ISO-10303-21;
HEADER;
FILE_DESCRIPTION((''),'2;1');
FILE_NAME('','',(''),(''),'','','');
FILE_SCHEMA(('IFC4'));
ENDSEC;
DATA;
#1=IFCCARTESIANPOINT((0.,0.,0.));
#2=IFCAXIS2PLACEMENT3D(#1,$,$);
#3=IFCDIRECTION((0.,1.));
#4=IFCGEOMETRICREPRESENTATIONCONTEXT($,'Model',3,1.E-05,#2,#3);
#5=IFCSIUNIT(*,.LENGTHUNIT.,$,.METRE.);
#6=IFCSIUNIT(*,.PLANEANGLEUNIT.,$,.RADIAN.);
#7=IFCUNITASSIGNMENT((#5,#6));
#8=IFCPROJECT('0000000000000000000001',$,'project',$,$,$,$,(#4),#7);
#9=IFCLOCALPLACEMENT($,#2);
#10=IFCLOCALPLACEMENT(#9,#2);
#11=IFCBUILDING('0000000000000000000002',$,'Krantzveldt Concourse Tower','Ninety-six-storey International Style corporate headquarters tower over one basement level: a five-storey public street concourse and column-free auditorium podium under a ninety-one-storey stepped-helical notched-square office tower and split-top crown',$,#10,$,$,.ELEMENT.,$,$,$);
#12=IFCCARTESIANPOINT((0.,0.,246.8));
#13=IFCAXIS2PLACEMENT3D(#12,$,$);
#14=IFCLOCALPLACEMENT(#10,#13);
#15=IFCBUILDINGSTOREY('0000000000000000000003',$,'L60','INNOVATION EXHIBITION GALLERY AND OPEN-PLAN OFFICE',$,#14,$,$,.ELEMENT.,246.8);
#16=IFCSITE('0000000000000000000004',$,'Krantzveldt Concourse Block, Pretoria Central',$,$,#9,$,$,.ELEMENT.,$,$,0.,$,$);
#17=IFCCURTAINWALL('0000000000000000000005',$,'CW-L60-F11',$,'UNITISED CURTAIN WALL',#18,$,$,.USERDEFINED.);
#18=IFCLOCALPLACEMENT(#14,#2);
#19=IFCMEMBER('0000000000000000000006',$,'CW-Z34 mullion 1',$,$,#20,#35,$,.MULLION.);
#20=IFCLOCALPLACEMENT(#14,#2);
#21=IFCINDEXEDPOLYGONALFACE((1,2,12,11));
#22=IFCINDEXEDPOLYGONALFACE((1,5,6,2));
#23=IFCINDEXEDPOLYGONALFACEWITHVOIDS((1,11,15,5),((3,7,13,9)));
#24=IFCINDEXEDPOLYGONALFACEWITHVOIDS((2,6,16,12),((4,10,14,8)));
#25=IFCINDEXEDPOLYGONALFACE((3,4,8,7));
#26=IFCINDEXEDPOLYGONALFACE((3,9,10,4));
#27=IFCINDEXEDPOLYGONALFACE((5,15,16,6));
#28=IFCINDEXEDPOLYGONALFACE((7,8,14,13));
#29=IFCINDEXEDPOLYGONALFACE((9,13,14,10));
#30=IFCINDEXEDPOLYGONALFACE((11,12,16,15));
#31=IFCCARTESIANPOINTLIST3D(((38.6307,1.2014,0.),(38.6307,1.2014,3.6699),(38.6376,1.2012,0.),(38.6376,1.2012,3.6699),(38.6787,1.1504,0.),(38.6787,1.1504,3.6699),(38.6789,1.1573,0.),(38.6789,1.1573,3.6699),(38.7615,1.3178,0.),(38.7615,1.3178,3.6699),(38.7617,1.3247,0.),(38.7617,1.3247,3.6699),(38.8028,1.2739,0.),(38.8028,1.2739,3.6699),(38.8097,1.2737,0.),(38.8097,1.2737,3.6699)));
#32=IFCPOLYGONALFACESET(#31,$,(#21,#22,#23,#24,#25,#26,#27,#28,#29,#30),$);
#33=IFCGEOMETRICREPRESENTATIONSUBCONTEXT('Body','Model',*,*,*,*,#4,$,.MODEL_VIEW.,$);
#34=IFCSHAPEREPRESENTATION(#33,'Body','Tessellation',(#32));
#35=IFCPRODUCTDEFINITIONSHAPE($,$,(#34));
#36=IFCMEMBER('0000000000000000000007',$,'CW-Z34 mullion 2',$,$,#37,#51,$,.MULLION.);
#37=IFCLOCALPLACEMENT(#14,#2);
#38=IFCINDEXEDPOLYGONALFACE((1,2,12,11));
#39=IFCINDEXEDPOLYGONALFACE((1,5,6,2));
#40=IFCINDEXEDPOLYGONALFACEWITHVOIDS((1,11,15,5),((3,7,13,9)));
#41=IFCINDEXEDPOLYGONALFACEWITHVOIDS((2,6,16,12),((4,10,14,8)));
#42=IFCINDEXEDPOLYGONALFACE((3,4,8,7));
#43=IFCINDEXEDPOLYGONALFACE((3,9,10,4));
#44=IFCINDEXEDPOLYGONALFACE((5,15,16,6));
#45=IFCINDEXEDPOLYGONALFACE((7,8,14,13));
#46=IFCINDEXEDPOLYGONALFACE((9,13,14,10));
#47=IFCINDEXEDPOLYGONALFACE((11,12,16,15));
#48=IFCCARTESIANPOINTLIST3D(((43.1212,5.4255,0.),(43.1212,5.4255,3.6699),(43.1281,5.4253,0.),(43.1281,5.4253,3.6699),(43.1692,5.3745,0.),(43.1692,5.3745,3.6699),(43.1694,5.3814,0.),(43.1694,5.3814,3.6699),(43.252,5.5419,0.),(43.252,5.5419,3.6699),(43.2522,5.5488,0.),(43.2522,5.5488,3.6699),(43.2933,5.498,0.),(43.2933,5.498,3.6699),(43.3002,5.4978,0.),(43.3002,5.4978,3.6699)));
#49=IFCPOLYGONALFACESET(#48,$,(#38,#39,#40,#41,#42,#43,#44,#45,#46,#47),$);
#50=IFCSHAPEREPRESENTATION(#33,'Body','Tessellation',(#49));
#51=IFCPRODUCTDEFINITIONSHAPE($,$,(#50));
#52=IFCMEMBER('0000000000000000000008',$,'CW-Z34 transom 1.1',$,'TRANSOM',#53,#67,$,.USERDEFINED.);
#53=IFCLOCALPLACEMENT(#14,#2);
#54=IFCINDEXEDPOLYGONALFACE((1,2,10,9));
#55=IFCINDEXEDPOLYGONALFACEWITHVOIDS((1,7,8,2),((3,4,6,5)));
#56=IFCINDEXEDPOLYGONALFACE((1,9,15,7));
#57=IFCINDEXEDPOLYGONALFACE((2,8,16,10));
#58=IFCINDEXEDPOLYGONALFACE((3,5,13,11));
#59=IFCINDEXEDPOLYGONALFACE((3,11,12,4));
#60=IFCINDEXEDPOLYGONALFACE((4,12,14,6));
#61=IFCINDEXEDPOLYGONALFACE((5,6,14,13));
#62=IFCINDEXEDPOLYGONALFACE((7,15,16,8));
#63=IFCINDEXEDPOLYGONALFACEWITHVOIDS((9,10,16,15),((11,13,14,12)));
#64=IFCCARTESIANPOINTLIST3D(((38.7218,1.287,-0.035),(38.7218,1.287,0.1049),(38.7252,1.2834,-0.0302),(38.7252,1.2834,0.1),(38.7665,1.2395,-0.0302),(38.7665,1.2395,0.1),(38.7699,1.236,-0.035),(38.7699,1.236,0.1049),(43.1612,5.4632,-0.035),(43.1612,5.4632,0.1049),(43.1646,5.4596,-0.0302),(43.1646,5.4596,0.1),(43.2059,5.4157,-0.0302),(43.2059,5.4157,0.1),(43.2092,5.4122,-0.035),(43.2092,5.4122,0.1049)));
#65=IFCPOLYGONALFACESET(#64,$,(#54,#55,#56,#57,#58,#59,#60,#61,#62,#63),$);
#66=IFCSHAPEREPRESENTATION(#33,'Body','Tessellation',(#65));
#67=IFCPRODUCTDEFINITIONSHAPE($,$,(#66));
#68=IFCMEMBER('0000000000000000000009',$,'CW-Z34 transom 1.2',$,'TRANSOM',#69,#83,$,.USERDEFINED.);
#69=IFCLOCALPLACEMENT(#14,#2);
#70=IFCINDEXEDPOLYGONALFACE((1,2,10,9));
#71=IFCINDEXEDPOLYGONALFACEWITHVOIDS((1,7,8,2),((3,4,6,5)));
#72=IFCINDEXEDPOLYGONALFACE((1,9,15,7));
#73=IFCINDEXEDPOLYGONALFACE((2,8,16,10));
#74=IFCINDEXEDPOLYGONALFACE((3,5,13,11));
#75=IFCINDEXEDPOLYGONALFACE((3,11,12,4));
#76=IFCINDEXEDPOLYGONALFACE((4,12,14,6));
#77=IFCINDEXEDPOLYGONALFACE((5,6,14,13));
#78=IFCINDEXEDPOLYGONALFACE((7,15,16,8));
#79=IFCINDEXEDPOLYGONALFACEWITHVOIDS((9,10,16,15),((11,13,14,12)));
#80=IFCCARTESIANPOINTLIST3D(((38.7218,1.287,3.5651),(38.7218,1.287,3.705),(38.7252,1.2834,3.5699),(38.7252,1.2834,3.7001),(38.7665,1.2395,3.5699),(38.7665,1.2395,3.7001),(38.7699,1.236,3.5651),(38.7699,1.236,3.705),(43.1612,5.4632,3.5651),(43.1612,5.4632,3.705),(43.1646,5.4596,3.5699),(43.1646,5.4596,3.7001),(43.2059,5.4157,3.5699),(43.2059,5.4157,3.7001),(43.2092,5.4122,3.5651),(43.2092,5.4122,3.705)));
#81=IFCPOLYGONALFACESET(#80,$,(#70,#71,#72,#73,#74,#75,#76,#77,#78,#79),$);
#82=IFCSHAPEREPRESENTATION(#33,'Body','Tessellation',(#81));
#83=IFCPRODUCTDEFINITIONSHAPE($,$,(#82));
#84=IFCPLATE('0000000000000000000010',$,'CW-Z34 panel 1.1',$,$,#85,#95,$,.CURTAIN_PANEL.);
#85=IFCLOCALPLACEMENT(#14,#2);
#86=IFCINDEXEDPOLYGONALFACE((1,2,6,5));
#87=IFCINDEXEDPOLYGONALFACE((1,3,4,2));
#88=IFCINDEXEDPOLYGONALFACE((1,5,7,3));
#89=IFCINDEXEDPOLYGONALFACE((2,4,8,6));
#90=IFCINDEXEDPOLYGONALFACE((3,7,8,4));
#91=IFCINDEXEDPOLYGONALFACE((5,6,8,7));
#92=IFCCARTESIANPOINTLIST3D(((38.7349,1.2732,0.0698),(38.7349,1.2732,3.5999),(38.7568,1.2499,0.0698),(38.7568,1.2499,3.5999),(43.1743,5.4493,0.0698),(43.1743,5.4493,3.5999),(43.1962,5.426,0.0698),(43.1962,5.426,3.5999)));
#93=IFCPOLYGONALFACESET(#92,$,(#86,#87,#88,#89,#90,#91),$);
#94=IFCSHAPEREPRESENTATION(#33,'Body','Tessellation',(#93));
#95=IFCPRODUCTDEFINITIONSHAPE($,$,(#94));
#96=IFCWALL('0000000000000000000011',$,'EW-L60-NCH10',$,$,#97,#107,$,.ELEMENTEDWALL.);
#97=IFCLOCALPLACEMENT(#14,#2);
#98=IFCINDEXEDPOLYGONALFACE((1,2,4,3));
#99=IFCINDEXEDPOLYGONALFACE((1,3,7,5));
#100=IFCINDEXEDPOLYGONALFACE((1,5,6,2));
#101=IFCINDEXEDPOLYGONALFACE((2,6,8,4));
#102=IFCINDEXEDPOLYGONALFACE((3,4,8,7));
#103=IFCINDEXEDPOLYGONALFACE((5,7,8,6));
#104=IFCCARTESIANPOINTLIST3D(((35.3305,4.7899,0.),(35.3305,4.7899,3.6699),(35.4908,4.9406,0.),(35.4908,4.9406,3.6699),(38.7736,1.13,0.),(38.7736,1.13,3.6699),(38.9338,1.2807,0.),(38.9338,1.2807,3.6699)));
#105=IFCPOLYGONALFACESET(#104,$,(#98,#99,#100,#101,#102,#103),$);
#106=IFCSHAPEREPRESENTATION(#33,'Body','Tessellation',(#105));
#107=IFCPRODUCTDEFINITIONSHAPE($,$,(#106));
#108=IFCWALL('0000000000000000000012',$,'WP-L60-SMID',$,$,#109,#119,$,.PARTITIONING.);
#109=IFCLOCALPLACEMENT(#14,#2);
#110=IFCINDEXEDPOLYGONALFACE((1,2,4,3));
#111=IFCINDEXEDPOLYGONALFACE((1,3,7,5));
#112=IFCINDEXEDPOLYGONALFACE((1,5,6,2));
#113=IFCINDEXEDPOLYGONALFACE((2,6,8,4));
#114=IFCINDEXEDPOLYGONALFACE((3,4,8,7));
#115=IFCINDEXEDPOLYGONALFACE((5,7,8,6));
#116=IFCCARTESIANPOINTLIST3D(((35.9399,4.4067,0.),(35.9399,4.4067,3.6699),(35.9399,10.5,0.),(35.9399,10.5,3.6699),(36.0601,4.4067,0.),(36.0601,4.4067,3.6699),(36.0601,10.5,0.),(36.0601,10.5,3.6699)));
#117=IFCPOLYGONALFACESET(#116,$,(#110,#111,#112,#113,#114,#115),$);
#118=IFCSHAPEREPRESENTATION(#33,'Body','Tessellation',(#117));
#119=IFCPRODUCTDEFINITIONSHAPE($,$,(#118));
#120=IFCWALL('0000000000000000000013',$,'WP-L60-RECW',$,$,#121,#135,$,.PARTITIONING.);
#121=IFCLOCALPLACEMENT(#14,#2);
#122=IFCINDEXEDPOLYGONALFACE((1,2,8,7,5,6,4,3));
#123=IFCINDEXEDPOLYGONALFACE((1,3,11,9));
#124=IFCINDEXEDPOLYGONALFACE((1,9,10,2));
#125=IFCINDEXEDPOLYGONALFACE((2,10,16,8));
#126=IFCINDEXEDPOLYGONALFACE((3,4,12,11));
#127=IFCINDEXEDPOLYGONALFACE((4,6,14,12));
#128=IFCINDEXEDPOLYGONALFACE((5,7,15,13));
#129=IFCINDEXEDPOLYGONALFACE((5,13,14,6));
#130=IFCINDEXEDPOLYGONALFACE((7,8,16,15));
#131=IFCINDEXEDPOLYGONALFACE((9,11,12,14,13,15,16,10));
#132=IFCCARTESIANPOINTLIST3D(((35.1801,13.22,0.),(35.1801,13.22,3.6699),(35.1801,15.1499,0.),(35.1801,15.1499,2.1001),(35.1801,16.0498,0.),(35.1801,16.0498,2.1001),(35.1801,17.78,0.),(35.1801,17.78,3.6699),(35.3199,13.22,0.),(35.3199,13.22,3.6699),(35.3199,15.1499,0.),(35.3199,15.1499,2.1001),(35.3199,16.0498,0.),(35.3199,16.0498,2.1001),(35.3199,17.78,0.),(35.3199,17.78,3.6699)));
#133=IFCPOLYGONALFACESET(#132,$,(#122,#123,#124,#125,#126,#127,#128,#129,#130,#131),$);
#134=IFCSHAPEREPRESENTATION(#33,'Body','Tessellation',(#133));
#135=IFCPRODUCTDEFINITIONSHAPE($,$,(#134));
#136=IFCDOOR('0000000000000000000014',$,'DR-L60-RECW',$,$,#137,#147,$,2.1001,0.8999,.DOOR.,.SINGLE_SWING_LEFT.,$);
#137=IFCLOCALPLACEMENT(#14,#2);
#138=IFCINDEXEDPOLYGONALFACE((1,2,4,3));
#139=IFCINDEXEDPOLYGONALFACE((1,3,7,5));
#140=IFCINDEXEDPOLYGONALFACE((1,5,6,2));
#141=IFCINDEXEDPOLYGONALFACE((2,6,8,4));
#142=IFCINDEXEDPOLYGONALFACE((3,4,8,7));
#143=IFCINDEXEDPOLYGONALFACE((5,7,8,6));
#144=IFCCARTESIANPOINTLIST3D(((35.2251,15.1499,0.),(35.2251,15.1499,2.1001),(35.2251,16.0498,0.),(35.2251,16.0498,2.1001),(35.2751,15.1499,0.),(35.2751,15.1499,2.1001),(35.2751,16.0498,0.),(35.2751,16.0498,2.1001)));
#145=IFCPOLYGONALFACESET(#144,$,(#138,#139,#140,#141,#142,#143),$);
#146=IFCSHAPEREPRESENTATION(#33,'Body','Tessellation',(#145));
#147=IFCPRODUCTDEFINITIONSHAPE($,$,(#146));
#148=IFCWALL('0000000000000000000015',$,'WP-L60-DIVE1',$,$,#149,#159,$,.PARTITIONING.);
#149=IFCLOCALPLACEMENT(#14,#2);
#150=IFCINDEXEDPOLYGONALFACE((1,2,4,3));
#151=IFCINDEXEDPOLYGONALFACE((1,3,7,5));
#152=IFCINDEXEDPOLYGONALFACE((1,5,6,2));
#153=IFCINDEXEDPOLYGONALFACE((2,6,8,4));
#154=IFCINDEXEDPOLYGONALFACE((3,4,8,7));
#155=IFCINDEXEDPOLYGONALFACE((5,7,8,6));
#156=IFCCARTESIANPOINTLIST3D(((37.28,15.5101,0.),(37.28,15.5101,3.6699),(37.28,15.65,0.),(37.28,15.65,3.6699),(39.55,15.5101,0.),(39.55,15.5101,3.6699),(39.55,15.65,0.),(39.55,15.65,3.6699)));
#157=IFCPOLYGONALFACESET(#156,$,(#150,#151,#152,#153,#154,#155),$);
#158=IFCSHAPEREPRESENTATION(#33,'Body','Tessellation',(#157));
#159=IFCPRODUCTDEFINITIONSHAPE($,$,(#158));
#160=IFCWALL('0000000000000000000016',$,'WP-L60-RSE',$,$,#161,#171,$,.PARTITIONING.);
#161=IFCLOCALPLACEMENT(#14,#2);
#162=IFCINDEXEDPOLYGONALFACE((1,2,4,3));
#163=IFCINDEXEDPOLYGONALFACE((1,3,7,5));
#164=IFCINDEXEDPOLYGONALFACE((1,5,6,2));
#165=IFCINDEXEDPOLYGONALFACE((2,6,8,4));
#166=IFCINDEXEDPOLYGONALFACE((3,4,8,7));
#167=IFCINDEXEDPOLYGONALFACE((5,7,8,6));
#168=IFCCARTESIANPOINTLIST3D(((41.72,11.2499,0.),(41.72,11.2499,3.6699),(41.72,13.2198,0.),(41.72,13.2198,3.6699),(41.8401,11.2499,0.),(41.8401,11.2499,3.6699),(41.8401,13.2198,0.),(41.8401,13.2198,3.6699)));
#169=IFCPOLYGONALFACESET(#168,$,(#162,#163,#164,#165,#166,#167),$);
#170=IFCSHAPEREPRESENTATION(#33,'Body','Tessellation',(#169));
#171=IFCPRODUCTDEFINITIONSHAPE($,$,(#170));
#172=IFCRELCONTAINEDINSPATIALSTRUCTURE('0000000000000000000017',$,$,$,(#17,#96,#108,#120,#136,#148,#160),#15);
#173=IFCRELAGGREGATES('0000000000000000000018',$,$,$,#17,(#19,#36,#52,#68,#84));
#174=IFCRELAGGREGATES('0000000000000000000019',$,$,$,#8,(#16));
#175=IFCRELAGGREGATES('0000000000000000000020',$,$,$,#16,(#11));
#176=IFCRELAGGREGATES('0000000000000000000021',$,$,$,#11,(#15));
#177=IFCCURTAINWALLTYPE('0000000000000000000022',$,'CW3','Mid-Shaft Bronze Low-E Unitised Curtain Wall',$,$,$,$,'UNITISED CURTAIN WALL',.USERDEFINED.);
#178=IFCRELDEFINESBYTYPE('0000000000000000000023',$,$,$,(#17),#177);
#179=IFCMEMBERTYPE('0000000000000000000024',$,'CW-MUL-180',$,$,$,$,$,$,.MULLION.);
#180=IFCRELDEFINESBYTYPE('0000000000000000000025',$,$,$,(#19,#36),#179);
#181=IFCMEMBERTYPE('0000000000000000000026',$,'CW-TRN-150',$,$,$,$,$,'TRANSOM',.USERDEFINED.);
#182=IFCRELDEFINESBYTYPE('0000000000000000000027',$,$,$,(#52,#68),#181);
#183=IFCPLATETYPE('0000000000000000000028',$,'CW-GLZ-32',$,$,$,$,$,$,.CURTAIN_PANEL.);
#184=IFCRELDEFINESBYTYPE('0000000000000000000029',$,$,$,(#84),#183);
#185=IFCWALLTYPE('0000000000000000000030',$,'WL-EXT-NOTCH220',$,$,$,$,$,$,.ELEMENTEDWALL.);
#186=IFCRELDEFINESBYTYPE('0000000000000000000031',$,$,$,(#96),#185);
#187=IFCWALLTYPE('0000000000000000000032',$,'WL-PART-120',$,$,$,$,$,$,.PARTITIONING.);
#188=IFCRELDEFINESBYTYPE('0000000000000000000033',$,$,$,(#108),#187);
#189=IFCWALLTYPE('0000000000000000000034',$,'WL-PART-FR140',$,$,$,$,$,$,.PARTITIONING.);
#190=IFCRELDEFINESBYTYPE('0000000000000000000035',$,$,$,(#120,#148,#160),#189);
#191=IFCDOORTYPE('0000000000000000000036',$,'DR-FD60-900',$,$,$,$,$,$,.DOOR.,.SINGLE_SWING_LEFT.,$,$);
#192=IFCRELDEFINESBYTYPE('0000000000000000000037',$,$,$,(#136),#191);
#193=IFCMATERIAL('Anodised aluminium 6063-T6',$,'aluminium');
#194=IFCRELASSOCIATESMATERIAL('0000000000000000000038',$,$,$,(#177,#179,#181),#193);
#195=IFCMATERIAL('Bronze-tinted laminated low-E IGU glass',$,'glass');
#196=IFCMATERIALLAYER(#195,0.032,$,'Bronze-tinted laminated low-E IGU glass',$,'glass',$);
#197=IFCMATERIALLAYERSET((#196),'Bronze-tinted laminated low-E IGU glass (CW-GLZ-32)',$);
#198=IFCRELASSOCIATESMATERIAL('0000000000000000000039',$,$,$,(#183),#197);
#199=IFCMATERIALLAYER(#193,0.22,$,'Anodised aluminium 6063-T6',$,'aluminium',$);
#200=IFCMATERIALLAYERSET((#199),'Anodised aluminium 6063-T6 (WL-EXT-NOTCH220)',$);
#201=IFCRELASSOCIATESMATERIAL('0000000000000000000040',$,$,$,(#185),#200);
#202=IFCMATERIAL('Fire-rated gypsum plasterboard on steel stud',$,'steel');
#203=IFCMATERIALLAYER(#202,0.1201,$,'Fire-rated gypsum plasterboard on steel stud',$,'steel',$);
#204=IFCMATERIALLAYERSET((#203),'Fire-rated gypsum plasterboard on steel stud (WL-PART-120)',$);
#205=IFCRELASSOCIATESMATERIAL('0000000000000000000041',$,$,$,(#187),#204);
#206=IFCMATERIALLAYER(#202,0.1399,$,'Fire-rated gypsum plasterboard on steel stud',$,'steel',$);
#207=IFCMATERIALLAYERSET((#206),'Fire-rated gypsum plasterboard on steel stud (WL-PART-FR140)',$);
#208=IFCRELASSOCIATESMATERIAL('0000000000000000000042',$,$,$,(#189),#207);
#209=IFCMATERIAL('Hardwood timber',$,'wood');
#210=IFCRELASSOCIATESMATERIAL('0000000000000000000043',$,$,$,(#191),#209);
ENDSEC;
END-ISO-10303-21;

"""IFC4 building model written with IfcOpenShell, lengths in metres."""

from ifc_helpers import new_model, si_unit, direction, frame, frame_2d, origin, origin_2d, place, context, subcontext, project, spatial, rectangle, hollow_rectangle, extrude, source, transform, mapped, material, layer, layer_set, material_profile, profile_set, type_object, type_shapes, element, fill, aggregate, save


model = new_model("IFC4")

# Units and contexts
model_context = context("Model", 3, precision=1e-05, world=origin(), true_north=direction((0.0, 1.0)))
body_context = subcontext(model_context, "Body", "Model", "MODEL_VIEW")
ifc_project = project(units=[si_unit("LENGTHUNIT", "METRE"), si_unit("PLANEANGLEUNIT", "RADIAN")], contexts=[model_context])

# Site, building, storey
site_placement = place(None, origin())
site = spatial("IfcSite", under=ifc_project, at=site_placement, Name="Krantzveldt Concourse Block, Pretoria Central", CompositionType="ELEMENT", RefElevation=0.0)
building_placement = place(site_placement, origin())
building = spatial("IfcBuilding", under=site, at=building_placement, Name="Krantzveldt Concourse Tower", Description="Ninety-six-storey International Style corporate headquarters tower over one basement level: a five-storey public street concourse and column-free auditorium podium under a ninety-one-storey stepped-helical notched-square office tower and split-top crown", CompositionType="ELEMENT")
storey_placement = place(building_placement, frame((0.0, 0.0, 246.8)))
storey = spatial("IfcBuildingStorey", under=building, at=storey_placement, Name="L60", Description="INNOVATION EXHIBITION GALLERY AND OPEN-PLAN OFFICE", CompositionType="ELEMENT", Elevation=246.8)

# Curtain wall, members, plate
ifc_material_1 = material(Name="Anodised aluminium 6063-T6", Category="aluminium")
curtain_wall_type = type_object("IfcCurtainWallType", Name="CW3", Description="Mid-Shaft Bronze Low-E Unitised Curtain Wall", ElementType="UNITISED CURTAIN WALL", PredefinedType="USERDEFINED", material=ifc_material_1)
curtain_wall_placement = place(storey_placement, origin())
curtain_wall = element("IfcCurtainWall", 1, at=curtain_wall_placement, inside=storey, type_object=curtain_wall_type, Name="CW-L60-F11", ObjectType="UNITISED CURTAIN WALL", PredefinedType="USERDEFINED")
ifc_material_profile_1 = material_profile(ifc_material_1, hollow_rectangle(XDim=0.0701, YDim=0.1799, WallThickness=0.0049, at=origin_2d()), Name="Anodised aluminium 6063-T6", Category="aluminium")
ifc_profile_set_1 = profile_set([ifc_material_profile_1], Name="Anodised aluminium 6063-T6 - ALU-MULL 180x70x5")
member_type_1 = type_object("IfcMemberType", Name="CW-MUL-180", PredefinedType="MULLION", material=ifc_profile_set_1)
shared_shape_1 = source(origin(), body_context, "Body", "SweptSolid", [
    extrude(hollow_rectangle(XDim=0.0701, YDim=0.1799, WallThickness=0.0049, at=origin_2d()), origin(), (0.0, 0.0, 1.0), 3.6699),
])
type_shapes(member_type_1, [shared_shape_1])
member_1_placement = place(storey_placement, frame((38.7202, 1.2375, 0.0), z_axis=(0.0, 0.0, 1.0), x_axis=(-0.685183, 0.728371, 0.0)))
member_1 = element("IfcMember", 2, at=member_1_placement, type_object=member_type_1, Name="CW-Z34 mullion 1", PredefinedType="MULLION", context=body_context, shape_type="MappedRepresentation", body=[
    mapped(shared_shape_1, transform((0.0, 0.0, 0.0), x_axis=(1.0, 0.0, 0.0), y_axis=(0.0, 1.0, 0.0), z_axis=(0.0, 0.0, 1.0), scale=1.0)),
])
member_2_placement = place(storey_placement, frame((43.2107, 5.4617, 0.0), z_axis=(0.0, 0.0, 1.0), x_axis=(-0.685183, 0.728371, 0.0)))
member_2 = element("IfcMember", 3, at=member_2_placement, type_object=member_type_1, Name="CW-Z34 mullion 2", PredefinedType="MULLION", context=body_context, shape_type="MappedRepresentation", body=[
    mapped(shared_shape_1, transform((0.0, 0.0, 0.0), x_axis=(1.0, 0.0, 0.0), y_axis=(0.0, 1.0, 0.0), z_axis=(0.0, 0.0, 1.0), scale=1.0)),
])
ifc_material_profile_2 = material_profile(ifc_material_1, hollow_rectangle(XDim=0.0701, YDim=0.1399, WallThickness=0.0049, at=origin_2d()), Name="Anodised aluminium 6063-T6", Category="aluminium")
ifc_profile_set_2 = profile_set([ifc_material_profile_2], Name="Anodised aluminium 6063-T6 - ALU-TRAN 140x70x5")
member_type_2 = type_object("IfcMemberType", Name="CW-TRN-150", ElementType="TRANSOM", PredefinedType="USERDEFINED", material=ifc_profile_set_2)
shared_shape_2 = source(origin(), body_context, "Body", "SweptSolid", [
    extrude(hollow_rectangle(XDim=0.0701, YDim=0.1399, WallThickness=0.0049, at=origin_2d()), origin(), (0.0, 0.0, 1.0), 6.095),
])
type_shapes(member_type_2, [shared_shape_2])
member_3_placement = place(storey_placement, frame((38.7458, 1.2615, 0.0349), z_axis=(0.728367, 0.685187, 0.0), x_axis=(-0.685187, 0.728367, 0.0)))
member_3 = element("IfcMember", 4, at=member_3_placement, type_object=member_type_2, Name="CW-Z34 transom 1.1", ObjectType="TRANSOM", PredefinedType="USERDEFINED", context=body_context, shape_type="MappedRepresentation", body=[
    mapped(shared_shape_2, transform((0.0, 0.0, 0.0), x_axis=(1.0, 0.0, 0.0), y_axis=(0.0, 1.0, 0.0), z_axis=(0.0, 0.0, 1.0), scale=1.0)),
])
member_4_placement = place(storey_placement, frame((38.7458, 1.2615, 3.635), z_axis=(0.728367, 0.685187, 0.0), x_axis=(-0.685187, 0.728367, 0.0)))
member_4 = element("IfcMember", 5, at=member_4_placement, type_object=member_type_2, Name="CW-Z34 transom 1.2", ObjectType="TRANSOM", PredefinedType="USERDEFINED", context=body_context, shape_type="MappedRepresentation", body=[
    mapped(shared_shape_2, transform((0.0, 0.0, 0.0), x_axis=(1.0, 0.0, 0.0), y_axis=(0.0, 1.0, 0.0), z_axis=(0.0, 0.0, 1.0), scale=1.0)),
])
ifc_material_2 = material(Name="Bronze-tinted laminated low-E IGU glass", Category="glass")
ifc_layer_1 = layer(ifc_material_2, 0.032, Name="Bronze-tinted laminated low-E IGU glass", Category="glass")
ifc_layer_set_1 = layer_set([ifc_layer_1], Name="Bronze-tinted laminated low-E IGU glass (CW-GLZ-32)")
plate_type = type_object("IfcPlateType", Name="CW-GLZ-32", PredefinedType="CURTAIN_PANEL", material=ifc_layer_set_1)
shared_shape_3 = source(origin(), body_context, "Body", "SweptSolid", [
    extrude(rectangle(XDim=6.095, YDim=0.032, at=origin_2d()), origin(), (0.0, 0.0, 1.0), 3.53),
])
type_shapes(plate_type, [shared_shape_3])
plate_placement = place(storey_placement, frame((40.9656, 3.3496, 0.0698), z_axis=(0.0, 0.0, 1.0), x_axis=(0.728371, 0.685183, 0.0)))
plate = element("IfcPlate", 6, at=plate_placement, type_object=plate_type, Name="CW-Z34 panel 1.1", PredefinedType="CURTAIN_PANEL", context=body_context, shape_type="MappedRepresentation", body=[
    mapped(shared_shape_3, transform((0.0, 0.0, 0.0), x_axis=(1.0, 0.0, 0.0), y_axis=(0.0, 1.0, 0.0), z_axis=(0.0, 0.0, 1.0), scale=1.0)),
])
aggregate(curtain_wall, [member_1, member_2, member_3, member_4, plate])

# Walls
ifc_layer_2 = layer(ifc_material_1, 0.22, Name="Anodised aluminium 6063-T6", Category="aluminium")
ifc_layer_set_2 = layer_set([ifc_layer_2], Name="Anodised aluminium 6063-T6 (WL-EXT-NOTCH220)")
wall_type_1 = type_object("IfcWallType", Name="WL-EXT-NOTCH220", PredefinedType="ELEMENTEDWALL", material=ifc_layer_set_2)
wall_1_placement = place(storey_placement, frame((35.4106, 4.8652, 0.0), z_axis=(0.0, 0.0, 1.0), x_axis=(0.685206, -0.72835, 0.0)))
element("IfcWall", 7, at=wall_1_placement, inside=storey, type_object=wall_type_1, Name="EW-L60-NCH10", PredefinedType="ELEMENTEDWALL", context=body_context, shape_type="SweptSolid", body=[
    extrude(rectangle(XDim=5.0249, YDim=0.22, at=frame_2d((2.5125, 0.0))), origin(), (0.0, 0.0, 1.0), 3.6699),
])
ifc_material_3 = material(Name="Fire-rated gypsum plasterboard on steel stud", Category="steel")
ifc_layer_3 = layer(ifc_material_3, 0.1201, Name="Fire-rated gypsum plasterboard on steel stud", Category="steel")
ifc_layer_set_3 = layer_set([ifc_layer_3], Name="Fire-rated gypsum plasterboard on steel stud (WL-PART-120)")
wall_type_2 = type_object("IfcWallType", Name="WL-PART-120", PredefinedType="PARTITIONING", material=ifc_layer_set_3)
wall_2_placement = place(storey_placement, frame((36.0, 4.4067, 0.0), z_axis=(0.0, 0.0, 1.0), x_axis=(0.0, 1.0, 0.0)))
element("IfcWall", 8, at=wall_2_placement, inside=storey, type_object=wall_type_2, Name="WP-L60-SMID", PredefinedType="PARTITIONING", context=body_context, shape_type="SweptSolid", body=[
    extrude(rectangle(XDim=6.0933, YDim=0.1201, at=frame_2d((3.0466, 0.0))), origin(), (0.0, 0.0, 1.0), 3.6699),
])

# Wall, opening, door
ifc_layer_4 = layer(ifc_material_3, 0.1399, Name="Fire-rated gypsum plasterboard on steel stud", Category="steel")
ifc_layer_set_4 = layer_set([ifc_layer_4], Name="Fire-rated gypsum plasterboard on steel stud (WL-PART-FR140)")
wall_type_3 = type_object("IfcWallType", Name="WL-PART-FR140", PredefinedType="PARTITIONING", material=ifc_layer_set_4)
wall_3_placement = place(storey_placement, frame((35.25, 13.22, 0.0), z_axis=(0.0, 0.0, 1.0), x_axis=(0.0, 1.0, 0.0)))
wall_3 = element("IfcWall", 9, at=wall_3_placement, inside=storey, type_object=wall_type_3, Name="WP-L60-RECW", PredefinedType="PARTITIONING", context=body_context, shape_type="SweptSolid", body=[
    extrude(rectangle(XDim=4.5601, YDim=0.1399, at=frame_2d((2.28, 0.0))), origin(), (0.0, 0.0, 1.0), 3.6699),
])
opening_1_placement = place(wall_3_placement, frame((1.9299, 0.0, 0.0)))
opening_1 = element("IfcOpeningElement", 10, at=opening_1_placement, cuts=wall_3, PredefinedType="OPENING", context=body_context, shape_type="SweptSolid", body=[
    extrude(rectangle(XDim=0.8999, YDim=2.1001, at=frame_2d((0.45, 1.05))), frame((0.0, 0.0801, 0.0), z_axis=(0.0, -1.0, 0.0), x_axis=(1.0, 0.0, 0.0)), (0.0, 0.0, 1.0), 0.1599),
])
ifc_material_4 = material(Name="Hardwood timber", Category="wood")
door_type_1 = type_object("IfcDoorType", Name="DR-FD60-900", OperationType="SINGLE_SWING_LEFT", PredefinedType="DOOR", material=ifc_material_4)
door_1_placement = place(opening_1_placement, origin())
door_1 = element("IfcDoor", 11, at=door_1_placement, inside=storey, type_object=door_type_1, Name="DR-L60-RECW", OperationType="SINGLE_SWING_LEFT", OverallHeight=2.1001, OverallWidth=0.8999, PredefinedType="DOOR", context=body_context, shape_type="SweptSolid", body=[
    extrude(rectangle(XDim=0.8999, YDim=2.1001, at=frame_2d((0.45, 1.05))), frame((0.0, 0.0249, 0.0), z_axis=(0.0, -1.0, 0.0), x_axis=(1.0, 0.0, 0.0)), (0.0, 0.0, 1.0), 0.05),
])
fill(opening_1, door_1)

# Walls
wall_4_placement = place(storey_placement, frame((37.28, 15.5801, 0.0), z_axis=(0.0, 0.0, 1.0), x_axis=(1.0, 0.0, 0.0)))
element("IfcWall", 12, at=wall_4_placement, inside=storey, type_object=wall_type_3, Name="WP-L60-DIVE1", PredefinedType="PARTITIONING", context=body_context, shape_type="SweptSolid", body=[
    extrude(rectangle(XDim=2.27, YDim=0.1399, at=frame_2d((1.135, 0.0))), origin(), (0.0, 0.0, 1.0), 3.6699),
])
wall_5_placement = place(storey_placement, frame((41.78, 11.25, 0.0), z_axis=(0.0, 0.0, 1.0), x_axis=(0.0, 1.0, 0.0)))
element("IfcWall", 13, at=wall_5_placement, inside=storey, type_object=wall_type_3, Name="WP-L60-RSE", PredefinedType="PARTITIONING", context=body_context, shape_type="SweptSolid", body=[
    extrude(rectangle(XDim=1.97, YDim=0.1201, at=frame_2d((0.9849, 0.0))), origin(), (0.0, 0.0, 1.0), 3.6699),
])

save(model, "model.ifc")
